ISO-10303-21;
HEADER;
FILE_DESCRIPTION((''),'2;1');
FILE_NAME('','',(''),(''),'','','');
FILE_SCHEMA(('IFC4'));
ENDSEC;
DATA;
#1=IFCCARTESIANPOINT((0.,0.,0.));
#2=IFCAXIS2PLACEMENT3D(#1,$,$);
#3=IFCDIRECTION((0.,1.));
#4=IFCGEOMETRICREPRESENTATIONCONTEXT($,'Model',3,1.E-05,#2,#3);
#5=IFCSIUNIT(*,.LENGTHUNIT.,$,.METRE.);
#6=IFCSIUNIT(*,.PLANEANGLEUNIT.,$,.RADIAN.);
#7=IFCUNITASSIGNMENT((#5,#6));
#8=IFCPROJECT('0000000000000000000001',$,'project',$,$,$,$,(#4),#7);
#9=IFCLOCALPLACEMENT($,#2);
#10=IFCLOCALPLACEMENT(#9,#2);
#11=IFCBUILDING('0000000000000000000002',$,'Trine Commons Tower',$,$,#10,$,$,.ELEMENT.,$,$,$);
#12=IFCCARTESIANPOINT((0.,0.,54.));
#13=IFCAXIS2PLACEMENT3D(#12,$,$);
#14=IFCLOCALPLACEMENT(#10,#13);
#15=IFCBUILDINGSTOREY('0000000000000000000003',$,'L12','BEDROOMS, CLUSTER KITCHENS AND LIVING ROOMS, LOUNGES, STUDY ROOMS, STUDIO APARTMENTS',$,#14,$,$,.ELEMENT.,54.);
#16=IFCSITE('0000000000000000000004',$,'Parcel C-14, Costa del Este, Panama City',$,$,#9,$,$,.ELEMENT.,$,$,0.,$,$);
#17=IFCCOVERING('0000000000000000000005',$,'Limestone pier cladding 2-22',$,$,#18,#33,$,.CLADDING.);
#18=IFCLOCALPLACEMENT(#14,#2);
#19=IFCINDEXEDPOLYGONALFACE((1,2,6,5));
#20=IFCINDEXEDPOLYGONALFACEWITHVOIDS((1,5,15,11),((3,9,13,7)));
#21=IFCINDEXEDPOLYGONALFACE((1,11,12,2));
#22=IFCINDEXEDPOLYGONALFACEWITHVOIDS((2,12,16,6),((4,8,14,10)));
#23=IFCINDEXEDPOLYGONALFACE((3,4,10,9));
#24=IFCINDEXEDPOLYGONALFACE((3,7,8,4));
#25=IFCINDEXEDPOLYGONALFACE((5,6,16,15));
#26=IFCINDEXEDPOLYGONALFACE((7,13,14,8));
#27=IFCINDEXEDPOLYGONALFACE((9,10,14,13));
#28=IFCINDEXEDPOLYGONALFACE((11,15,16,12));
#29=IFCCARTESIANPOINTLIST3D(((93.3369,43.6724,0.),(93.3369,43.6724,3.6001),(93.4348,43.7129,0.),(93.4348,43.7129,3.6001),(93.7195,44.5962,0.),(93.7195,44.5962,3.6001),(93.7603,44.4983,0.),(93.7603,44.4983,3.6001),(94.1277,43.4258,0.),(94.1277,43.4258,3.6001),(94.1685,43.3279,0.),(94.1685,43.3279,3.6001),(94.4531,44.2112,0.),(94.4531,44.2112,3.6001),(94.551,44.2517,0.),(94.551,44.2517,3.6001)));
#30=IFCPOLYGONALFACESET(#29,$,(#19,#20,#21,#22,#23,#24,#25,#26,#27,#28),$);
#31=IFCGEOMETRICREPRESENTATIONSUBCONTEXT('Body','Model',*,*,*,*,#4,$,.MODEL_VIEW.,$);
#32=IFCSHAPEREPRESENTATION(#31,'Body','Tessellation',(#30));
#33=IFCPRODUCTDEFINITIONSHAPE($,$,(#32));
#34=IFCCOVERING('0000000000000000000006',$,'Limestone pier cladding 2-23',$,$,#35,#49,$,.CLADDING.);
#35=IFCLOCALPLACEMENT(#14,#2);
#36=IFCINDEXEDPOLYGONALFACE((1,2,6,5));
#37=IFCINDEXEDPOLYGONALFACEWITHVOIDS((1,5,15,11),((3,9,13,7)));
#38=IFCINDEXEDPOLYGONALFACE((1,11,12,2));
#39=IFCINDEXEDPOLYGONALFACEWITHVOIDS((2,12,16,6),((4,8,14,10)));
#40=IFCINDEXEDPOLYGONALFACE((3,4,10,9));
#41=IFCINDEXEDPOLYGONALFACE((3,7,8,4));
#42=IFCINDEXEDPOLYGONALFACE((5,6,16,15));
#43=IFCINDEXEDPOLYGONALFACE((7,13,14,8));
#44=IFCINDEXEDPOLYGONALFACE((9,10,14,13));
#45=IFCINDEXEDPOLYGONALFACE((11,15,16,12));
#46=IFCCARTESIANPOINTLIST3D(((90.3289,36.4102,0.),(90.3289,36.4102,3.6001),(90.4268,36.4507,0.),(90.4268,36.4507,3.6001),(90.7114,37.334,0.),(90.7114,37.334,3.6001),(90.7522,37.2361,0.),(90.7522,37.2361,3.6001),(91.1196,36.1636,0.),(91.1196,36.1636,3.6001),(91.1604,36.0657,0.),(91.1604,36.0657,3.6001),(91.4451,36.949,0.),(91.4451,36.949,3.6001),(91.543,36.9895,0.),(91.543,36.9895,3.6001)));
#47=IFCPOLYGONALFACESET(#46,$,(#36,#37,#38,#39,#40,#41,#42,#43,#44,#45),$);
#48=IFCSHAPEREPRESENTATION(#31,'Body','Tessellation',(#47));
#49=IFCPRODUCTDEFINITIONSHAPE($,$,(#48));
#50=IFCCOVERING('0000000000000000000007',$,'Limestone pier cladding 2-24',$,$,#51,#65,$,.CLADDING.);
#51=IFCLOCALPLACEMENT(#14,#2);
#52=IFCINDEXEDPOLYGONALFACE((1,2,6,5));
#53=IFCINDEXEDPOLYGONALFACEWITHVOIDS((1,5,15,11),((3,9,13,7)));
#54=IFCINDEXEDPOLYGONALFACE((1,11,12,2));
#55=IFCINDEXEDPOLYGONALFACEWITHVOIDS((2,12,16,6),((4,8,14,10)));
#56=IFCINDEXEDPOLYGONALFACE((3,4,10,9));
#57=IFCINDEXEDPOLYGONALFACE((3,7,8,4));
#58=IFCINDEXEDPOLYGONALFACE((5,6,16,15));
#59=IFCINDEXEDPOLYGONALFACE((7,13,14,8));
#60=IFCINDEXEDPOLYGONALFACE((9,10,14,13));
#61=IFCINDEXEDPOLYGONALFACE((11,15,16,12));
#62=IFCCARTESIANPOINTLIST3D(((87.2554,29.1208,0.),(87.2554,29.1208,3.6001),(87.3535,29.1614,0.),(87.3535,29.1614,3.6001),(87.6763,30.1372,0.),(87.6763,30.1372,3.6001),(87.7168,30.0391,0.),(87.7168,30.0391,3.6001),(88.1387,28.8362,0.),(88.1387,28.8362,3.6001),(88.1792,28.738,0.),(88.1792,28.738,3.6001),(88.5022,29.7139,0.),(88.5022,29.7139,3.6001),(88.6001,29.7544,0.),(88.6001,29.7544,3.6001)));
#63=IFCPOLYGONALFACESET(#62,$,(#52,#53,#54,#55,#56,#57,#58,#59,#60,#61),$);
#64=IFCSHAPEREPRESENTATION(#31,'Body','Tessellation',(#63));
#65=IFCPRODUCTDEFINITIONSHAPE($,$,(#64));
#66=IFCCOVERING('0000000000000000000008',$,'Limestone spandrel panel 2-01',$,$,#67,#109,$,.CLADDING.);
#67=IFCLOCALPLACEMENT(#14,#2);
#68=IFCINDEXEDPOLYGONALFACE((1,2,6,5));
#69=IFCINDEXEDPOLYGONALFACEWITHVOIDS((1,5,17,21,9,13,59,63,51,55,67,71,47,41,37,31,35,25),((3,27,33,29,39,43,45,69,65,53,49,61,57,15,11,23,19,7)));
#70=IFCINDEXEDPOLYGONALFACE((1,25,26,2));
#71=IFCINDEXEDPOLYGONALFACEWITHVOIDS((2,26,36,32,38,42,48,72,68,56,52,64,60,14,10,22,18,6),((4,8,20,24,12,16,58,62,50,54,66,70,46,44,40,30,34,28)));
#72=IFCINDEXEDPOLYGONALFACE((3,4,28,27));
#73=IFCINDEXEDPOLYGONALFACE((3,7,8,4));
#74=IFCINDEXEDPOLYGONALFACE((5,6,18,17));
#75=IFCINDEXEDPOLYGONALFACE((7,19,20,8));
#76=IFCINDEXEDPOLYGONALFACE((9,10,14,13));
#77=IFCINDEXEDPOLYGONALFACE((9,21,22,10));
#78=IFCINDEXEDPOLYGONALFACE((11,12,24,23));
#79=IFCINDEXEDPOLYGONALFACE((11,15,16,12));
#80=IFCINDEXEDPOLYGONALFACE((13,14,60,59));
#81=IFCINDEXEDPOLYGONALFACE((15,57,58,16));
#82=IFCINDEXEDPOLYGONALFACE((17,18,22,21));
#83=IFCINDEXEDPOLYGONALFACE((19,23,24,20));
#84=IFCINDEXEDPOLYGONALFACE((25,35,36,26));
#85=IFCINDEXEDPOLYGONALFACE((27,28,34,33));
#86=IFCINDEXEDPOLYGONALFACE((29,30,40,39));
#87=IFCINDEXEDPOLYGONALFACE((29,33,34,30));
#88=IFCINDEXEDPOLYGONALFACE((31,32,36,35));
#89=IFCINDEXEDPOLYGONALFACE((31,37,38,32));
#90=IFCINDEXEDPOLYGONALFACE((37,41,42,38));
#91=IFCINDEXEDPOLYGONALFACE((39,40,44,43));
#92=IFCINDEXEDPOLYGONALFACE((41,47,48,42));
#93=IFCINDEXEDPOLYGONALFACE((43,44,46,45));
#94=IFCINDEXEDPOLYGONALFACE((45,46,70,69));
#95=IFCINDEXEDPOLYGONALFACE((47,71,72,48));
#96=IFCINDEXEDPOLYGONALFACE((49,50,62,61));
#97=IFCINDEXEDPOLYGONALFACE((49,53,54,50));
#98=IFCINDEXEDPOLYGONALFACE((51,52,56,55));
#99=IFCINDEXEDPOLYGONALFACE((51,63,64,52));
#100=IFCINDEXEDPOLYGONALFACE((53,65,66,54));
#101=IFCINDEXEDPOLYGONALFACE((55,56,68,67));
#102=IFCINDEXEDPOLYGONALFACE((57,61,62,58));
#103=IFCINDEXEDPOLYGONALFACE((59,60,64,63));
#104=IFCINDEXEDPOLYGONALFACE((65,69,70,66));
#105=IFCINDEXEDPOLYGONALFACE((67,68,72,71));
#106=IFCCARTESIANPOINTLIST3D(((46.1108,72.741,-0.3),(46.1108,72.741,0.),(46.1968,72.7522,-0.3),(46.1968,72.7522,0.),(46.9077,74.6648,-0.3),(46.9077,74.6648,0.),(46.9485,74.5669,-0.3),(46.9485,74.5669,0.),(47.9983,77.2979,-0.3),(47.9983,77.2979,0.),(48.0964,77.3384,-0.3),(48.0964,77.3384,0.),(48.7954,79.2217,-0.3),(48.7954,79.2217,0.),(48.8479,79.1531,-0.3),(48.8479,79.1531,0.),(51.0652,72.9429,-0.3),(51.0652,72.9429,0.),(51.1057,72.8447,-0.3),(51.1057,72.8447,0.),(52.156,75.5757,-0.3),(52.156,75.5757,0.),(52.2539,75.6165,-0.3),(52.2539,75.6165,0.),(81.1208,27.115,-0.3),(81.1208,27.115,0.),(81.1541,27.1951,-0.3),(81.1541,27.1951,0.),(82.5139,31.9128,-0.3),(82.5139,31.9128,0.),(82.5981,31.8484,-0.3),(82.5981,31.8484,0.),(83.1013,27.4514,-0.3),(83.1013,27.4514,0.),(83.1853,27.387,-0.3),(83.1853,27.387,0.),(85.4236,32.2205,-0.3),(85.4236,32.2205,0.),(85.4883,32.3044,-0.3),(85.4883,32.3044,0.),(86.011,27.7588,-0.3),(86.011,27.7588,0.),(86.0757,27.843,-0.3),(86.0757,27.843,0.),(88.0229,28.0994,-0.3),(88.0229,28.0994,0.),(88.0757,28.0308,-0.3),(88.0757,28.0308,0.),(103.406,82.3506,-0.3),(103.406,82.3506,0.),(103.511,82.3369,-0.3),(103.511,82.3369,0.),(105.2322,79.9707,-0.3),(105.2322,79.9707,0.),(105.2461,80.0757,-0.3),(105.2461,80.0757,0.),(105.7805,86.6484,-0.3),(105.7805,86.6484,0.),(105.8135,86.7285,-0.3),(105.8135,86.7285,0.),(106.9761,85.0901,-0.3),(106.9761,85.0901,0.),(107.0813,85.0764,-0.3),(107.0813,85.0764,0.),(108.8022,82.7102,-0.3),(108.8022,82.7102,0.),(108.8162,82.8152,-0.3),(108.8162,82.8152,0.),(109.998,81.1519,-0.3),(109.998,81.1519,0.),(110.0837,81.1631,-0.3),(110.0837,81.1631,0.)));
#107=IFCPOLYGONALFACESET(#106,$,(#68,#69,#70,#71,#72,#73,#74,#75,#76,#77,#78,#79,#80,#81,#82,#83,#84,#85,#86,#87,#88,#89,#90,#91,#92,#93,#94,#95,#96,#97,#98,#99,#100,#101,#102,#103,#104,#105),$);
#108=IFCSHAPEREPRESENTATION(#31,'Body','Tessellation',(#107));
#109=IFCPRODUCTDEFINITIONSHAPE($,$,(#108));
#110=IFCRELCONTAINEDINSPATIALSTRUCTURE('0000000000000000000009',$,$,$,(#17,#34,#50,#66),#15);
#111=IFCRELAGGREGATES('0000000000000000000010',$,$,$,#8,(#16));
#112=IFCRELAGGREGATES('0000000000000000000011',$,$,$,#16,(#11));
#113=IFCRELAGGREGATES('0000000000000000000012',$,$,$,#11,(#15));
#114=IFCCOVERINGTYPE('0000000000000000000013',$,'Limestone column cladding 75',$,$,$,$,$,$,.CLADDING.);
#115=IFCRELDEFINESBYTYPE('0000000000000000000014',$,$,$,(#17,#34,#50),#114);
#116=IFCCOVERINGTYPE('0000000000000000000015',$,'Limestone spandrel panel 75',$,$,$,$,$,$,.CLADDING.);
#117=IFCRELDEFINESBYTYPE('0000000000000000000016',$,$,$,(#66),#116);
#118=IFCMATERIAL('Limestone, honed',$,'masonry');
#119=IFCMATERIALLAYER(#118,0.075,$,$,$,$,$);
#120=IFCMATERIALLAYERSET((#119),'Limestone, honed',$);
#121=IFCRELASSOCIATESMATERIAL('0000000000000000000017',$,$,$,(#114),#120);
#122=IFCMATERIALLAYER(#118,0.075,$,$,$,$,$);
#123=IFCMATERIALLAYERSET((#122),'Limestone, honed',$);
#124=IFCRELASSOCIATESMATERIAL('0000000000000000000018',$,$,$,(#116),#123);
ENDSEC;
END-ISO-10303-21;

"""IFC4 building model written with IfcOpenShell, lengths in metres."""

from ifc_helpers import new_model, si_unit, direction, frame, origin, place, context, subcontext, project, spatial, polyline, outline, extrude, material, layer, layer_set, type_object, element, save


model = new_model("IFC4")

# Units and contexts
model_context = context("Model", 3, precision=1e-05, world=origin(), true_north=direction((0.0, 1.0)))
body_context = subcontext(model_context, "Body", "Model", "MODEL_VIEW")
ifc_project = project(units=[si_unit("LENGTHUNIT", "METRE"), si_unit("PLANEANGLEUNIT", "RADIAN")], contexts=[model_context])

# Site, building, storey
site_placement = place(None, origin())
site = spatial("IfcSite", under=ifc_project, at=site_placement, Name="Parcel C-14, Costa del Este, Panama City", CompositionType="ELEMENT", RefElevation=0.0)
building_placement = place(site_placement, origin())
building = spatial("IfcBuilding", under=site, at=building_placement, Name="Trine Commons Tower", CompositionType="ELEMENT")
storey_placement = place(building_placement, frame((0.0, 0.0, 54.0)))
storey = spatial("IfcBuildingStorey", under=building, at=storey_placement, Name="L12", Description="BEDROOMS, CLUSTER KITCHENS AND LIVING ROOMS, LOUNGES, STUDY ROOMS, STUDIO APARTMENTS", CompositionType="ELEMENT", Elevation=54.0)

# Coverings
ifc_material_1 = material(Name="Limestone, honed", Category="masonry")
ifc_layer_1 = layer(ifc_material_1, 0.075)
ifc_layer_set_1 = layer_set([ifc_layer_1], Name="Limestone, honed")
covering_type_1 = type_object("IfcCoveringType", Name="Limestone column cladding 75", PredefinedType="CLADDING", material=ifc_layer_set_1)
covering_1_placement = place(storey_placement, origin())
element("IfcCovering", 1, at=covering_1_placement, inside=storey, type_object=covering_type_1, Name="Limestone pier cladding 2-22", PredefinedType="CLADDING", context=body_context, shape_type="SweptSolid", body=[
    extrude(outline(polyline([(94.551, 44.2517), (93.7195, 44.5962), (93.3369, 43.6724), (94.1685, 43.3279), (94.551, 44.2517)]), holes=[polyline([(94.4531, 44.2112), (93.7603, 44.4983), (93.4348, 43.7129), (94.1277, 43.4258), (94.4531, 44.2112)])]), origin(), (0.0, 0.0, 1.0), 3.6001),
])
covering_2_placement = place(storey_placement, origin())
element("IfcCovering", 2, at=covering_2_placement, inside=storey, type_object=covering_type_1, Name="Limestone pier cladding 2-23", PredefinedType="CLADDING", context=body_context, shape_type="SweptSolid", body=[
    extrude(outline(polyline([(91.543, 36.9895), (90.7114, 37.334), (90.3289, 36.4102), (91.1604, 36.0657), (91.543, 36.9895)]), holes=[polyline([(91.4451, 36.949), (90.7522, 37.2361), (90.4268, 36.4507), (91.1196, 36.1636), (91.4451, 36.949)])]), origin(), (0.0, 0.0, 1.0), 3.6001),
])
covering_3_placement = place(storey_placement, origin())
element("IfcCovering", 3, at=covering_3_placement, inside=storey, type_object=covering_type_1, Name="Limestone pier cladding 2-24", PredefinedType="CLADDING", context=body_context, shape_type="SweptSolid", body=[
    extrude(outline(polyline([(88.6001, 29.7544), (87.6763, 30.1372), (87.2554, 29.1208), (88.1792, 28.738), (88.6001, 29.7544)]), holes=[polyline([(88.5022, 29.7139), (87.7168, 30.0391), (87.3535, 29.1614), (88.1387, 28.8362), (88.5022, 29.7139)])]), origin(), (0.0, 0.0, 1.0), 3.6001),
])
ifc_layer_2 = layer(ifc_material_1, 0.075)
ifc_layer_set_2 = layer_set([ifc_layer_2], Name="Limestone, honed")
covering_type_2 = type_object("IfcCoveringType", Name="Limestone spandrel panel 75", PredefinedType="CLADDING", material=ifc_layer_set_2)
covering_4_placement = place(storey_placement, frame((0.0, 0.0, -0.3)))
element("IfcCovering", 4, at=covering_4_placement, inside=storey, type_object=covering_type_2, Name="Limestone spandrel panel 2-01", PredefinedType="CLADDING", context=body_context, shape_type="SweptSolid", body=[
    extrude(outline(polyline([(85.4236, 32.2205), (86.011, 27.7588), (88.0757, 28.0308), (110.0837, 81.1631), (108.8162, 82.8152), (105.2461, 80.0757), (103.511, 82.3369), (107.0813, 85.0764), (105.8135, 86.7285), (48.7954, 79.2217), (47.9983, 77.2979), (52.156, 75.5757), (51.0652, 72.9429), (46.9077, 74.6648), (46.1108, 72.741), (81.1208, 27.115), (83.1853, 27.387), (82.5981, 31.8484), (85.4236, 32.2205)]), holes=[polyline([(108.8022, 82.7102), (109.998, 81.1519), (88.0229, 28.0994), (86.0757, 27.843), (85.4883, 32.3044), (82.5139, 31.9128), (83.1013, 27.4514), (81.1541, 27.1951), (46.1968, 72.7522), (46.9485, 74.5669), (51.1057, 72.8447), (52.2539, 75.6165), (48.0964, 77.3384), (48.8479, 79.1531), (105.7805, 86.6484), (106.9761, 85.0901), (103.406, 82.3506), (105.2322, 79.9707), (108.8022, 82.7102)])]), origin(), (0.0, 0.0, 1.0), 0.3),
])

save(model, "model.ifc")
